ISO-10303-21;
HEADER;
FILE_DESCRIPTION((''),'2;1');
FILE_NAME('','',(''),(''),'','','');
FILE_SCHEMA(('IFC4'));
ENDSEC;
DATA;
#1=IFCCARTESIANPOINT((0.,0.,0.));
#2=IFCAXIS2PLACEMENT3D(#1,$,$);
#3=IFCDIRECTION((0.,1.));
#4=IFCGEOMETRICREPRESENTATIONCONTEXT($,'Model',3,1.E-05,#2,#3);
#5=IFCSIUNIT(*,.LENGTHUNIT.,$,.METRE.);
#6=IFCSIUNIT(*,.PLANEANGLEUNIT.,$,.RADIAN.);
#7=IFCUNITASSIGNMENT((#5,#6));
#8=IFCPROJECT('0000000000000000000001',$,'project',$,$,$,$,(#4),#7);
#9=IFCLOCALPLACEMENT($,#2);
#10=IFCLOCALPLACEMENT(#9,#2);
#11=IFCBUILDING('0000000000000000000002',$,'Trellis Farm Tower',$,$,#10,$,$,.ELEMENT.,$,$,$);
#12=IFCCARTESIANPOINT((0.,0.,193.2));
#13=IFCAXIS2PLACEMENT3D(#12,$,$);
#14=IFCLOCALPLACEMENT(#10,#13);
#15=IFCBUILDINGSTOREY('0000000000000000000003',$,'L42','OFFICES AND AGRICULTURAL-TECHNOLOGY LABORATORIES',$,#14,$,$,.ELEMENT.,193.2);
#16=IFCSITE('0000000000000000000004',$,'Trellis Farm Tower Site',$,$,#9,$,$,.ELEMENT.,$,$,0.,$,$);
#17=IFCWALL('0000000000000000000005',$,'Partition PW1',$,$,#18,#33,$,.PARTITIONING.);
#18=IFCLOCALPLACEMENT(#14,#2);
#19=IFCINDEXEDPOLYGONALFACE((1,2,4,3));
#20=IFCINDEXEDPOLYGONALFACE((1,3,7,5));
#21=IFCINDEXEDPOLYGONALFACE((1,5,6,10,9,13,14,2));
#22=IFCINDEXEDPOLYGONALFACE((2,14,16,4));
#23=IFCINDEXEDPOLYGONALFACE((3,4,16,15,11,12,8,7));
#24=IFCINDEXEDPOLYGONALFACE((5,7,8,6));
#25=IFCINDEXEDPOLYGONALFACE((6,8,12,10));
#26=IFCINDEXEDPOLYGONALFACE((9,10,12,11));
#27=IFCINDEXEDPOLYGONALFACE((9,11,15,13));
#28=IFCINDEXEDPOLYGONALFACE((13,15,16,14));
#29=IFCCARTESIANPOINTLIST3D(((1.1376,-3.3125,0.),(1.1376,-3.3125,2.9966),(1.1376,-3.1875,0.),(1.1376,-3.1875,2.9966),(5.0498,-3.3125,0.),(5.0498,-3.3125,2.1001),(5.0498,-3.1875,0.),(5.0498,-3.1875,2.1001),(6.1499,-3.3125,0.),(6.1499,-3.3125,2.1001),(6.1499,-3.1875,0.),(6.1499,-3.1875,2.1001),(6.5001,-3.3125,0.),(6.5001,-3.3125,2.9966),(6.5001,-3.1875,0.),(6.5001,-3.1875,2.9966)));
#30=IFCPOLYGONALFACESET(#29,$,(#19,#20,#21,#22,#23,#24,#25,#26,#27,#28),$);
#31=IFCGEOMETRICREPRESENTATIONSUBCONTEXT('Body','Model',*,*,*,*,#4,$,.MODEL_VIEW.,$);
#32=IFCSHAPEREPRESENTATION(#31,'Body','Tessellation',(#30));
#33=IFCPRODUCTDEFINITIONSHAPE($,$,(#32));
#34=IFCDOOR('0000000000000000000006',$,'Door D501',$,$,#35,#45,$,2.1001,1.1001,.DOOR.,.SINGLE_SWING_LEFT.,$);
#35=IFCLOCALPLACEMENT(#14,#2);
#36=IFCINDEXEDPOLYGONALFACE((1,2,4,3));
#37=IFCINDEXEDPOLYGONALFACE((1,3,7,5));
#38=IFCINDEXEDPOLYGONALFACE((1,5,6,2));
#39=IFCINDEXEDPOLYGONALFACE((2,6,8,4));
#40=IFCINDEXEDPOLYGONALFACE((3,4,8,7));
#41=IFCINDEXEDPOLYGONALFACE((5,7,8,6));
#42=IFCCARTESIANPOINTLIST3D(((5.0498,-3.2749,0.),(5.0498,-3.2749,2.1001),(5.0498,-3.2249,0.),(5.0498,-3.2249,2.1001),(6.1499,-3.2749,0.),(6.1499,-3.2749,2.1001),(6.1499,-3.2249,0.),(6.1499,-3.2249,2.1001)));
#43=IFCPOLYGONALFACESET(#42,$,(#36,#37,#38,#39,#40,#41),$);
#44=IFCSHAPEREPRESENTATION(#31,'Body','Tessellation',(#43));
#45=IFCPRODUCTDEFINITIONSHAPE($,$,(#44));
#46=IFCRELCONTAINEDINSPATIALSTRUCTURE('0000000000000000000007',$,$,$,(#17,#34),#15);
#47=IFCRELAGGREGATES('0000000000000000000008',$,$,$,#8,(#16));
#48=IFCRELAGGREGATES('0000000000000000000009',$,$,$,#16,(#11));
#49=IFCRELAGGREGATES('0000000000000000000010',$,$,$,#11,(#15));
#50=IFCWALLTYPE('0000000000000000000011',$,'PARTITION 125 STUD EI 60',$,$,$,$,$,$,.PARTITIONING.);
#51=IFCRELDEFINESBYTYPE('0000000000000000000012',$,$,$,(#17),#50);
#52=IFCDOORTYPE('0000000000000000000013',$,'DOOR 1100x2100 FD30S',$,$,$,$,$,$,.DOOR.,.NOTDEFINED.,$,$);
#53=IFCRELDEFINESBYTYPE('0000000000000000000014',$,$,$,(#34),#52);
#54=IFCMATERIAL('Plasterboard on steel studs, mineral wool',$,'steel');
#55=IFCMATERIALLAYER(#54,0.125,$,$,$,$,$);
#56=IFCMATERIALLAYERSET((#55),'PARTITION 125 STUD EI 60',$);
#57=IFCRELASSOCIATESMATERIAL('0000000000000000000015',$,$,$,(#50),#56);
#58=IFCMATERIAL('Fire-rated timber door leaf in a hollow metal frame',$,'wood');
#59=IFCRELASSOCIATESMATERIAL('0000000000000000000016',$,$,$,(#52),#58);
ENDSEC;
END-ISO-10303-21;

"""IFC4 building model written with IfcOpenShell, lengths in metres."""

from ifc_helpers import new_model, si_unit, direction, frame, frame_2d, origin, place, context, subcontext, project, spatial, rectangle, extrude, source, transform, mapped, material, layer, layer_set, type_object, element, fill, save


model = new_model("IFC4")

# Units and contexts
model_context = context("Model", 3, precision=1e-05, world=origin(), true_north=direction((0.0, 1.0)))
body_context = subcontext(model_context, "Body", "Model", "MODEL_VIEW")
ifc_project = project(units=[si_unit("LENGTHUNIT", "METRE"), si_unit("PLANEANGLEUNIT", "RADIAN")], contexts=[model_context])

# Site, building, storey
site_placement = place(None, origin())
site = spatial("IfcSite", under=ifc_project, at=site_placement, Name="Trellis Farm Tower Site", CompositionType="ELEMENT", RefElevation=0.0)
building_placement = place(site_placement, origin())
building = spatial("IfcBuilding", under=site, at=building_placement, Name="Trellis Farm Tower", CompositionType="ELEMENT")
storey_placement = place(building_placement, frame((0.0, 0.0, 193.2)))
storey = spatial("IfcBuildingStorey", under=building, at=storey_placement, Name="L42", Description="OFFICES AND AGRICULTURAL-TECHNOLOGY LABORATORIES", CompositionType="ELEMENT", Elevation=193.2)

# Wall, opening, door
ifc_material_1 = material(Name="Plasterboard on steel studs, mineral wool", Category="steel")
ifc_layer_1 = layer(ifc_material_1, 0.125)
ifc_layer_set_1 = layer_set([ifc_layer_1], Name="PARTITION 125 STUD EI 60")
wall_type_1 = type_object("IfcWallType", Name="PARTITION 125 STUD EI 60", PredefinedType="PARTITIONING", material=ifc_layer_set_1)
shared_shape_1 = source(origin(), body_context, "Body", "SweptSolid", [
    extrude(rectangle(XDim=5.3625, YDim=0.125, at=frame_2d((2.6812, 0.0))), origin(), (0.0, 0.0, 1.0), 2.9966),
])
wall_1_placement = place(storey_placement, frame((6.5, -3.25, 0.0), z_axis=(0.0, 0.0, 1.0), x_axis=(-1.0, 0.0, 0.0)))
wall_1 = element("IfcWall", 1, at=wall_1_placement, inside=storey, type_object=wall_type_1, Name="Partition PW1", PredefinedType="PARTITIONING", context=body_context, shape_type="MappedRepresentation", body=[
    mapped(shared_shape_1, transform((0.0, 0.0, 0.0))),
])
shared_shape_2 = source(origin(), body_context, "Body", "SweptSolid", [
    extrude(rectangle(XDim=1.1001, YDim=2.1001, at=frame_2d((0.55, 1.05))), frame((0.0, 0.0725, 0.0), z_axis=(0.0, -1.0, 0.0), x_axis=(1.0, 0.0, 0.0)), (0.0, 0.0, 1.0), 0.145),
])
opening_1_placement = place(wall_1_placement, frame((0.3501, 0.0, 0.0)))
opening_1 = element("IfcOpeningElement", 2, at=opening_1_placement, cuts=wall_1, PredefinedType="OPENING", context=body_context, shape_type="MappedRepresentation", body=[
    mapped(shared_shape_2, transform((0.0, 0.0, 0.0))),
])
ifc_material_2 = material(Name="Fire-rated timber door leaf in a hollow metal frame", Category="wood")
door_type_1 = type_object("IfcDoorType", Name="DOOR 1100x2100 FD30S", OperationType="NOTDEFINED", PredefinedType="DOOR", material=ifc_material_2)
shared_shape_3 = source(origin(), body_context, "Body", "SweptSolid", [
    extrude(rectangle(XDim=1.1001, YDim=2.1001, at=frame_2d((0.55, 1.05))), frame((0.0, 0.0249, 0.0), z_axis=(0.0, -1.0, 0.0), x_axis=(1.0, 0.0, 0.0)), (0.0, 0.0, 1.0), 0.05),
])
door_1_placement = place(opening_1_placement, origin())
door_1 = element("IfcDoor", 3, at=door_1_placement, inside=storey, type_object=door_type_1, Name="Door D501", OperationType="SINGLE_SWING_LEFT", OverallHeight=2.1001, OverallWidth=1.1001, PredefinedType="DOOR", context=body_context, shape_type="MappedRepresentation", body=[
    mapped(shared_shape_3, transform((0.0, 0.0, 0.0))),
])
fill(opening_1, door_1)

save(model, "model.ifc")
